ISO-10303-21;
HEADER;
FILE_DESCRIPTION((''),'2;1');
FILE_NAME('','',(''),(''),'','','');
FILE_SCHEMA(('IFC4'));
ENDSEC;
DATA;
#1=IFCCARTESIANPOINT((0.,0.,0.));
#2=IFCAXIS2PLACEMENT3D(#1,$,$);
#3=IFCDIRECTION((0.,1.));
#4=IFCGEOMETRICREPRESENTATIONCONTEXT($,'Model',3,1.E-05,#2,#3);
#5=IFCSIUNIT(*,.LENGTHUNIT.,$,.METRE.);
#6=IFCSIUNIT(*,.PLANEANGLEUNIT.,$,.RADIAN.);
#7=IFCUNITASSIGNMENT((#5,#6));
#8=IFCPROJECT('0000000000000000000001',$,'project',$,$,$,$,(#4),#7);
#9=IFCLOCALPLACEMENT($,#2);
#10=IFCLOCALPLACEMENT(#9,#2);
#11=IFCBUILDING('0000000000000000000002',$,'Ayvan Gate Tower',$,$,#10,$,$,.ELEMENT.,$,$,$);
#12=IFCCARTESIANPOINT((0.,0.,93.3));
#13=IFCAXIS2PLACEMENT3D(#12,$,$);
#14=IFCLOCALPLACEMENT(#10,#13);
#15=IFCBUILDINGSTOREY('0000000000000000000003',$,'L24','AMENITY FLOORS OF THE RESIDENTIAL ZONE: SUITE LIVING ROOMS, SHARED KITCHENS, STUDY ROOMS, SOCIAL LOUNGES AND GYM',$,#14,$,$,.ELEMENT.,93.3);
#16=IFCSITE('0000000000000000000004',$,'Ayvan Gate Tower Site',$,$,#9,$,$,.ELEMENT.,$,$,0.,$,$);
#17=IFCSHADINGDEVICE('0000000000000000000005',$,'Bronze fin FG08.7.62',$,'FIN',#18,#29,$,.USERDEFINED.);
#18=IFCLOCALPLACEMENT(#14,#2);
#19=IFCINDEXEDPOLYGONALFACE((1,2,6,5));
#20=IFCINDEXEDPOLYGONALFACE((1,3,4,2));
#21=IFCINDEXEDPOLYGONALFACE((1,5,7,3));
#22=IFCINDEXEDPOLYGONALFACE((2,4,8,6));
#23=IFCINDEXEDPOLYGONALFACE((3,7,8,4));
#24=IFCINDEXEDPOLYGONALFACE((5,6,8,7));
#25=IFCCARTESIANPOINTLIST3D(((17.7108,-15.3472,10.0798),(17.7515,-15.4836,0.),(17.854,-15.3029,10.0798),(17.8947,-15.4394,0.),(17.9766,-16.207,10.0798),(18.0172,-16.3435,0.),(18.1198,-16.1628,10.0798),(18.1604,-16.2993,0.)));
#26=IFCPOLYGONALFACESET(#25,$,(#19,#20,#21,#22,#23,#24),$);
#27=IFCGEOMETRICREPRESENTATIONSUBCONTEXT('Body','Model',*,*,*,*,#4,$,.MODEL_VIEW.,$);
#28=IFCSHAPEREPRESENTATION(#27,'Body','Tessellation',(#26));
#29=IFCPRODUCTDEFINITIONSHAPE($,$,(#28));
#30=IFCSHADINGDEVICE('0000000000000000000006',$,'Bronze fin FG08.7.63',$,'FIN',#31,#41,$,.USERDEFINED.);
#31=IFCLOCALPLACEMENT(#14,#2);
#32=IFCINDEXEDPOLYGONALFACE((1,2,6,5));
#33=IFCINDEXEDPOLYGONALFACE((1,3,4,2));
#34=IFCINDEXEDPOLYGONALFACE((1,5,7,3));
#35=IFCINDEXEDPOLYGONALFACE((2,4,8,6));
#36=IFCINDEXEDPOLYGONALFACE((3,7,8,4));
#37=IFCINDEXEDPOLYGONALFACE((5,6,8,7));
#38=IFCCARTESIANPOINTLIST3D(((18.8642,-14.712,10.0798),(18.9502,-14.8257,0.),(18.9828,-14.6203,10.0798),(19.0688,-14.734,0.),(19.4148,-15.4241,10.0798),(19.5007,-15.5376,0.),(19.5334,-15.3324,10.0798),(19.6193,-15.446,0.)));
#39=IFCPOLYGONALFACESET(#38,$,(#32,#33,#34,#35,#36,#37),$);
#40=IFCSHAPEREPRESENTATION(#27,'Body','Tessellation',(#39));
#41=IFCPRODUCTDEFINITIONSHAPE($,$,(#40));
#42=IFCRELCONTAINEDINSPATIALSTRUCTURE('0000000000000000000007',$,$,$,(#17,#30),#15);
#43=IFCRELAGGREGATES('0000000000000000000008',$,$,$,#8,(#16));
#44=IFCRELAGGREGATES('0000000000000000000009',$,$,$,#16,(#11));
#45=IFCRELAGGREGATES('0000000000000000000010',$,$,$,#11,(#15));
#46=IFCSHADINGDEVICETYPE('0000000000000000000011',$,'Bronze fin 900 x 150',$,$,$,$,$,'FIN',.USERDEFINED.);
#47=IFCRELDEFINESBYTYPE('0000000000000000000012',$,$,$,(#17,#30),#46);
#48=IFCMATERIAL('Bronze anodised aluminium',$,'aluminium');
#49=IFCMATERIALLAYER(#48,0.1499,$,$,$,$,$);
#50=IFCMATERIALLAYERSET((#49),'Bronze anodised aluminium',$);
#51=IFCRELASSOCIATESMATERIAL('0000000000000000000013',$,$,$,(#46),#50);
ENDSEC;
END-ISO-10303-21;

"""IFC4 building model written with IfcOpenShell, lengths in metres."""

from ifc_helpers import new_model, si_unit, direction, frame, origin, place, context, subcontext, project, spatial, polyline, outline, extrude, material, layer, layer_set, type_object, element, save


model = new_model("IFC4")

# Units and contexts
model_context = context("Model", 3, precision=1e-05, world=origin(), true_north=direction((0.0, 1.0)))
body_context = subcontext(model_context, "Body", "Model", "MODEL_VIEW")
ifc_project = project(units=[si_unit("LENGTHUNIT", "METRE"), si_unit("PLANEANGLEUNIT", "RADIAN")], contexts=[model_context])

# Site, building, storey
site_placement = place(None, origin())
site = spatial("IfcSite", under=ifc_project, at=site_placement, Name="Ayvan Gate Tower Site", CompositionType="ELEMENT", RefElevation=0.0)
building_placement = place(site_placement, origin())
building = spatial("IfcBuilding", under=site, at=building_placement, Name="Ayvan Gate Tower", CompositionType="ELEMENT")
storey_placement = place(building_placement, frame((0.0, 0.0, 93.3)))
storey = spatial("IfcBuildingStorey", under=building, at=storey_placement, Name="L24", Description="AMENITY FLOORS OF THE RESIDENTIAL ZONE: SUITE LIVING ROOMS, SHARED KITCHENS, STUDY ROOMS, SOCIAL LOUNGES AND GYM", CompositionType="ELEMENT", Elevation=93.3)

# Shared definitions
ifc_material_1 = material(Name="Bronze anodised aluminium", Category="aluminium")

# Shading devices
ifc_layer_1 = layer(ifc_material_1, 0.1499)
ifc_layer_set_1 = layer_set([ifc_layer_1], Name="Bronze anodised aluminium")
shading_device_type = type_object("IfcShadingDeviceType", Name="Bronze fin 900 x 150", ElementType="FIN", PredefinedType="USERDEFINED", material=ifc_layer_set_1)
shading_device_1_placement = place(storey_placement, frame((17.7515, -15.4836, 0.0), z_axis=(-0.955412, -0.295277, 0.000145), x_axis=(0.295277, -0.955412, 0.0)))
element("IfcShadingDevice", 1, at=shading_device_1_placement, inside=storey, type_object=shading_device_type, Name="Bronze fin FG08.7.62", ObjectType="FIN", PredefinedType="USERDEFINED", context=body_context, shape_type="SweptSolid", body=[
    extrude(outline(polyline([(0.0, 0.0), (0.9, 0.0), (0.7576, 10.0798), (-0.1424, 10.0798), (0.0, 0.0)])), origin(), (0.0, 0.0, -1.0), 0.1499),
])
shading_device_2_placement = place(storey_placement, frame((18.9502, -14.8257, 0.0), z_axis=(-0.791109, -0.611675, 0.000152), x_axis=(0.611675, -0.791109, 0.0)))
element("IfcShadingDevice", 2, at=shading_device_2_placement, inside=storey, type_object=shading_device_type, Name="Bronze fin FG08.7.63", ObjectType="FIN", PredefinedType="USERDEFINED", context=body_context, shape_type="SweptSolid", body=[
    extrude(outline(polyline([(0.0, 0.0), (0.9, 0.0), (0.7576, 10.0798), (-0.1426, 10.0798), (0.0, 0.0)])), origin(), (0.0, 0.0, -1.0), 0.1499),
])

save(model, "model.ifc")
